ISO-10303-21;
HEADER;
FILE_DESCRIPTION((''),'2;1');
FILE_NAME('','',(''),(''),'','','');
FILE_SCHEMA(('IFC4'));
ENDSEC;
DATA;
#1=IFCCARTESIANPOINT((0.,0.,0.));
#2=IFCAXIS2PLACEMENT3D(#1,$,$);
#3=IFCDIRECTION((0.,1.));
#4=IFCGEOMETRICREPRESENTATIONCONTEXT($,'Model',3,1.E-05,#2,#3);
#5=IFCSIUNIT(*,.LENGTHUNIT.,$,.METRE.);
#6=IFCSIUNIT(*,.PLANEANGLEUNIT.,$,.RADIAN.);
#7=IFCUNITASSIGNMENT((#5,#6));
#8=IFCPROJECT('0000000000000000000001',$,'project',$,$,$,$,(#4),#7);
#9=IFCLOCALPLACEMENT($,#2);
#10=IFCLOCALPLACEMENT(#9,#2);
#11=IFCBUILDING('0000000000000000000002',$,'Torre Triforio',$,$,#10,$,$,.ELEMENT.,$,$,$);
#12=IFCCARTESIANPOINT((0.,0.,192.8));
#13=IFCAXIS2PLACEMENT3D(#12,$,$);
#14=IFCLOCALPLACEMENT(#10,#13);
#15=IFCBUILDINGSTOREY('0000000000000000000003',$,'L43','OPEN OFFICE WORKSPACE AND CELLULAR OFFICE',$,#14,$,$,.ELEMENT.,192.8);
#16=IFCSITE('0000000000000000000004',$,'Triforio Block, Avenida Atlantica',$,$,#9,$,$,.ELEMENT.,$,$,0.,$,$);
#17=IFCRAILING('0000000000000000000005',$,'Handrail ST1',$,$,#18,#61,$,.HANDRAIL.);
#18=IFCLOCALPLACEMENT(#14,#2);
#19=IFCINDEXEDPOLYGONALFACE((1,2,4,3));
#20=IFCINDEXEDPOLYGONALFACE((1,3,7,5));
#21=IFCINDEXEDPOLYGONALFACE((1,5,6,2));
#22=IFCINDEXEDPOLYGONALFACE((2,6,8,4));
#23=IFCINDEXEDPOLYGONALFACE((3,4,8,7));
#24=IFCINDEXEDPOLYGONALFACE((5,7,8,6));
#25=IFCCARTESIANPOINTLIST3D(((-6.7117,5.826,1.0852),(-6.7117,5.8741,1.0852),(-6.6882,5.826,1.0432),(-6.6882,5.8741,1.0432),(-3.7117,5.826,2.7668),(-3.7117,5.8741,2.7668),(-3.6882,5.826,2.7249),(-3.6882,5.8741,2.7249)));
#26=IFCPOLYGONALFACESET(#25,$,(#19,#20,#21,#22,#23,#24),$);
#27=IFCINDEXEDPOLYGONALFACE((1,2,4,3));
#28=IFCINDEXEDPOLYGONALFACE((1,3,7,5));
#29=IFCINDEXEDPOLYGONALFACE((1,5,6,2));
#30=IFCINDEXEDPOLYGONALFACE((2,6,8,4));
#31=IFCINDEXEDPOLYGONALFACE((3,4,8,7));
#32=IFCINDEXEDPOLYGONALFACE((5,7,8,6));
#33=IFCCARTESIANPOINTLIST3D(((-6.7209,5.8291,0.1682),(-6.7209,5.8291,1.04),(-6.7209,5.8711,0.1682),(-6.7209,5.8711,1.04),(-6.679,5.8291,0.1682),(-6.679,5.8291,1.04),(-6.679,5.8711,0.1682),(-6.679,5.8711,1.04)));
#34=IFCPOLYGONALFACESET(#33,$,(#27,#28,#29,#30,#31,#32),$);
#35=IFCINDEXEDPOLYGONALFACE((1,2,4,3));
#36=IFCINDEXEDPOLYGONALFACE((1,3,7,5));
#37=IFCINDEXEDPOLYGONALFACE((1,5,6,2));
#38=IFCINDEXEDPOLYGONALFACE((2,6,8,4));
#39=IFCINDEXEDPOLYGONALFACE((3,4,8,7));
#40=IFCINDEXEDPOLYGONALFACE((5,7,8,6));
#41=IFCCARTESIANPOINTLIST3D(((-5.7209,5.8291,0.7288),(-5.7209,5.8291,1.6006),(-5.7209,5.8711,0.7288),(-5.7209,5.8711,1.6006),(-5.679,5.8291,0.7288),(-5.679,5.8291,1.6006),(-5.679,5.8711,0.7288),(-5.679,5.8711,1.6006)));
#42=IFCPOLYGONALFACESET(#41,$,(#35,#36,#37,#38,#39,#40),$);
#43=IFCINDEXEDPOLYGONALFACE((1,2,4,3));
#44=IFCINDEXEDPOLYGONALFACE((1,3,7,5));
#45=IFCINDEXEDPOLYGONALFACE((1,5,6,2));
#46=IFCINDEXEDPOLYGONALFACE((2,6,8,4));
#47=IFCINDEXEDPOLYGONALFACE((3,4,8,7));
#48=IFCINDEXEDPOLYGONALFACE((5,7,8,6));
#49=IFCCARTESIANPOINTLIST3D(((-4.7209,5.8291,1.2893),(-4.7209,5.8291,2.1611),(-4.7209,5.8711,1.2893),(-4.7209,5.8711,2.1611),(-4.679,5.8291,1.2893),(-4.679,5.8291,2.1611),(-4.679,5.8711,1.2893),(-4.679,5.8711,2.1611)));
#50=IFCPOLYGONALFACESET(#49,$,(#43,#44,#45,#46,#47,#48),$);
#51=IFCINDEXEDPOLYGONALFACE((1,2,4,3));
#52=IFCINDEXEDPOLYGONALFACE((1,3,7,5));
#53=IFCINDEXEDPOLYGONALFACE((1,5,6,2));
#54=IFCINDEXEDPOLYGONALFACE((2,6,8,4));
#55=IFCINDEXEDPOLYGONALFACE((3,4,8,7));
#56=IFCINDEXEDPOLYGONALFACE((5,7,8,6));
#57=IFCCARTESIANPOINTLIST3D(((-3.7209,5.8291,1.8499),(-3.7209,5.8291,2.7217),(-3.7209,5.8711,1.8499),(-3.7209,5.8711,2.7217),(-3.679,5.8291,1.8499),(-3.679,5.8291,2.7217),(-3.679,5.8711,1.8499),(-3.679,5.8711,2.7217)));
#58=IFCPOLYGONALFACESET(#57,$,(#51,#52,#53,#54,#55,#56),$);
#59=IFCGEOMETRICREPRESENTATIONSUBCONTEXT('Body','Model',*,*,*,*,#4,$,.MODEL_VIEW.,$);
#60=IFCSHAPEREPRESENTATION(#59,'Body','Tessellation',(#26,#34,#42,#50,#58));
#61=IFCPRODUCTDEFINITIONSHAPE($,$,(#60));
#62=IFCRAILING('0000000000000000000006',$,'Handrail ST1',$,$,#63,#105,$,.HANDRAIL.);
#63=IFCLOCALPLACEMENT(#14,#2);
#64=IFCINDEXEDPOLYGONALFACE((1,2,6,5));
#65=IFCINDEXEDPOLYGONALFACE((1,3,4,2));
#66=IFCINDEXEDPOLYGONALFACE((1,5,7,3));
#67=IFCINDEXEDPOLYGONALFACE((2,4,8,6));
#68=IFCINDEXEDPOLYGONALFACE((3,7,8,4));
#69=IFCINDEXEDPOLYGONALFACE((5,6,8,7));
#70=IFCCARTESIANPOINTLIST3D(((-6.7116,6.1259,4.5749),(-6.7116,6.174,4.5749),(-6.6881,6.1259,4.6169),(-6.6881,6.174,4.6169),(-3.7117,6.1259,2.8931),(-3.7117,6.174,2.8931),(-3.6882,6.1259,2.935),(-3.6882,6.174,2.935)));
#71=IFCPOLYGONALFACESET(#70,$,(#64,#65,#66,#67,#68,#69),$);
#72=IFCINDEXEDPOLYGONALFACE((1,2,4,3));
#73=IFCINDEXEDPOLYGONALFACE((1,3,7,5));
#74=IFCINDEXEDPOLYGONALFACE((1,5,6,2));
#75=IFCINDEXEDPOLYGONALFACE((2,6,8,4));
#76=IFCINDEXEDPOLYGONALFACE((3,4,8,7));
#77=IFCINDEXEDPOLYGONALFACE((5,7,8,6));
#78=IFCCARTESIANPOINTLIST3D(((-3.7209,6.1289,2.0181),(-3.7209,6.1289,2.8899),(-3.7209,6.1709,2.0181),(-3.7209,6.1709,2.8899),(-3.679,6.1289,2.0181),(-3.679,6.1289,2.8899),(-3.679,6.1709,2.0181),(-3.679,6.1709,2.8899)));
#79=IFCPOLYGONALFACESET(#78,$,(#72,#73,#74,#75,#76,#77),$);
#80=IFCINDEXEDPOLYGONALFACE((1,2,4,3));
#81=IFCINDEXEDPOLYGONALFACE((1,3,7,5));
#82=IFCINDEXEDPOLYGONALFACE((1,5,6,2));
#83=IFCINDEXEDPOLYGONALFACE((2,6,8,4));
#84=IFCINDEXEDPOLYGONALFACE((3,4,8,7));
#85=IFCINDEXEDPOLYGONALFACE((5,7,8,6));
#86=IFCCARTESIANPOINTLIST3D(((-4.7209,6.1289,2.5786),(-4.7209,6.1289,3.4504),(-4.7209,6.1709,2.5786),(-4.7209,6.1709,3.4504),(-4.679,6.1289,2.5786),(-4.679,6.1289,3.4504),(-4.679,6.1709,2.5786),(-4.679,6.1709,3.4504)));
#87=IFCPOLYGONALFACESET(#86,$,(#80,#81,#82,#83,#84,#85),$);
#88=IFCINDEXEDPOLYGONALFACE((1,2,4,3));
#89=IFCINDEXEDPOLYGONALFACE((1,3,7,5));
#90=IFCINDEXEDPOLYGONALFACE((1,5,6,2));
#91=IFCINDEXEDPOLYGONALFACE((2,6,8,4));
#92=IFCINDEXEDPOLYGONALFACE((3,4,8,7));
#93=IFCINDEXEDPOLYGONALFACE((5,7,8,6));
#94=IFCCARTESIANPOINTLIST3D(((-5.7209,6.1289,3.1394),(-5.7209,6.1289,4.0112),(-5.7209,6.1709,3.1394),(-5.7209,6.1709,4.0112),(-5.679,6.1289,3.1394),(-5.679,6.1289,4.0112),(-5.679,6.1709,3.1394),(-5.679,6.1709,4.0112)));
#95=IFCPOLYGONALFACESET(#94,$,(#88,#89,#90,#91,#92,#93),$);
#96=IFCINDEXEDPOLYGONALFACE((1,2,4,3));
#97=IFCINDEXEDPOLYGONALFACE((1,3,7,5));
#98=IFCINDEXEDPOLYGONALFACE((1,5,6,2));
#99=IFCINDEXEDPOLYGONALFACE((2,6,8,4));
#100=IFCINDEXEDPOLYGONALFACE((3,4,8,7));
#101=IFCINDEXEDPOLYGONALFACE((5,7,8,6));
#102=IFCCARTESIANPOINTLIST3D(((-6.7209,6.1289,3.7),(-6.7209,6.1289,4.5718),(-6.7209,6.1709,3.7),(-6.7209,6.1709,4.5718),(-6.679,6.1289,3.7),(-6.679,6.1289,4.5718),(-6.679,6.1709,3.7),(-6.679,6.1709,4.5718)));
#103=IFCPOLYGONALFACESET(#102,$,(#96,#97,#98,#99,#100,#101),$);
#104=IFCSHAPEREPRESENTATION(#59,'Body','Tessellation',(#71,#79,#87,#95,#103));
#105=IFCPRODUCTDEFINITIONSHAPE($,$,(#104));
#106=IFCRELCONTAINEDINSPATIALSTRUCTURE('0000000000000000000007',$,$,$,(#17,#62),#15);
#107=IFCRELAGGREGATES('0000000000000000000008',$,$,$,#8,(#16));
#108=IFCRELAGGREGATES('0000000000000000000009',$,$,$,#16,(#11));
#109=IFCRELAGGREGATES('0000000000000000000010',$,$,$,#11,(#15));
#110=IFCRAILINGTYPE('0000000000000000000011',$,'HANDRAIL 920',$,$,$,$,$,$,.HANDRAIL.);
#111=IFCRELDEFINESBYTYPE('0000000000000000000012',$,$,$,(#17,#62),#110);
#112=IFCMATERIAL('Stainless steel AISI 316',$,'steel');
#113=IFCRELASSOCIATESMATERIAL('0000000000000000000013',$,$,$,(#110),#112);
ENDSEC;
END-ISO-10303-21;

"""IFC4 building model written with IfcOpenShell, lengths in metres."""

from ifc_helpers import new_model, si_unit, direction, frame, origin, origin_2d, place, context, subcontext, project, spatial, rectangle, extrude, material, type_object, element, save


model = new_model("IFC4")

# Units and contexts
model_context = context("Model", 3, precision=1e-05, world=origin(), true_north=direction((0.0, 1.0)))
body_context = subcontext(model_context, "Body", "Model", "MODEL_VIEW")
ifc_project = project(units=[si_unit("LENGTHUNIT", "METRE"), si_unit("PLANEANGLEUNIT", "RADIAN")], contexts=[model_context])

# Site, building, storey
site_placement = place(None, origin())
site = spatial("IfcSite", under=ifc_project, at=site_placement, Name="Triforio Block, Avenida Atlantica", CompositionType="ELEMENT", RefElevation=0.0)
building_placement = place(site_placement, origin())
building = spatial("IfcBuilding", under=site, at=building_placement, Name="Torre Triforio", CompositionType="ELEMENT")
storey_placement = place(building_placement, frame((0.0, 0.0, 192.8)))
storey = spatial("IfcBuildingStorey", under=building, at=storey_placement, Name="L43", Description="OPEN OFFICE WORKSPACE AND CELLULAR OFFICE", CompositionType="ELEMENT", Elevation=192.8)

# Railings
ifc_material_1 = material(Name="Stainless steel AISI 316", Category="steel")
railing_type = type_object("IfcRailingType", Name="HANDRAIL 920", PredefinedType="HANDRAIL", material=ifc_material_1)
railing_1_placement = place(storey_placement, frame((-6.7, 5.8501, 0.1682)))
element("IfcRailing", 1, at=railing_1_placement, inside=storey, type_object=railing_type, Name="Handrail ST1", PredefinedType="HANDRAIL", context=body_context, shape_type="SweptSolid", body=[
    extrude(rectangle(XDim=0.0481, YDim=0.0481, at=origin_2d()), frame((0.0, 0.0, 0.896), z_axis=(0.872303, 0.0, 0.488966), x_axis=(0.0, 1.0, 0.0)), (0.0, 0.0, 1.0), 3.4392),
    extrude(rectangle(XDim=0.042, YDim=0.042, at=origin_2d()), origin(), (0.0, 0.0, 1.0), 0.8718),
    extrude(rectangle(XDim=0.042, YDim=0.042, at=origin_2d()), frame((1.0, 0.0, 0.5605)), (0.0, 0.0, 1.0), 0.8718),
    extrude(rectangle(XDim=0.042, YDim=0.042, at=origin_2d()), frame((2.0, 0.0, 1.1211)), (0.0, 0.0, 1.0), 0.8718),
    extrude(rectangle(XDim=0.042, YDim=0.042, at=origin_2d()), frame((3.0, 0.0, 1.6816)), (0.0, 0.0, 1.0), 0.8718),
])
railing_2_placement = place(storey_placement, frame((-3.7, 6.1499, 2.0181)))
element("IfcRailing", 2, at=railing_2_placement, inside=storey, type_object=railing_type, Name="Handrail ST1", PredefinedType="HANDRAIL", context=body_context, shape_type="SweptSolid", body=[
    extrude(rectangle(XDim=0.0481, YDim=0.0481, at=origin_2d()), frame((0.0, 0.0, 0.896), z_axis=(-0.872272, 0.0, 0.48902), x_axis=(0.0, -1.0, 0.0)), (0.0, 0.0, 1.0), 3.4392),
    extrude(rectangle(XDim=0.042, YDim=0.042, at=origin_2d()), origin(), (0.0, 0.0, 1.0), 0.8718),
    extrude(rectangle(XDim=0.042, YDim=0.042, at=origin_2d()), frame((-1.0, 0.0, 0.5605)), (0.0, 0.0, 1.0), 0.8718),
    extrude(rectangle(XDim=0.042, YDim=0.042, at=origin_2d()), frame((-2.0, 0.0, 1.1213)), (0.0, 0.0, 1.0), 0.8718),
    extrude(rectangle(XDim=0.042, YDim=0.042, at=origin_2d()), frame((-3.0, 0.0, 1.6819)), (0.0, 0.0, 1.0), 0.8718),
])

save(model, "model.ifc")
